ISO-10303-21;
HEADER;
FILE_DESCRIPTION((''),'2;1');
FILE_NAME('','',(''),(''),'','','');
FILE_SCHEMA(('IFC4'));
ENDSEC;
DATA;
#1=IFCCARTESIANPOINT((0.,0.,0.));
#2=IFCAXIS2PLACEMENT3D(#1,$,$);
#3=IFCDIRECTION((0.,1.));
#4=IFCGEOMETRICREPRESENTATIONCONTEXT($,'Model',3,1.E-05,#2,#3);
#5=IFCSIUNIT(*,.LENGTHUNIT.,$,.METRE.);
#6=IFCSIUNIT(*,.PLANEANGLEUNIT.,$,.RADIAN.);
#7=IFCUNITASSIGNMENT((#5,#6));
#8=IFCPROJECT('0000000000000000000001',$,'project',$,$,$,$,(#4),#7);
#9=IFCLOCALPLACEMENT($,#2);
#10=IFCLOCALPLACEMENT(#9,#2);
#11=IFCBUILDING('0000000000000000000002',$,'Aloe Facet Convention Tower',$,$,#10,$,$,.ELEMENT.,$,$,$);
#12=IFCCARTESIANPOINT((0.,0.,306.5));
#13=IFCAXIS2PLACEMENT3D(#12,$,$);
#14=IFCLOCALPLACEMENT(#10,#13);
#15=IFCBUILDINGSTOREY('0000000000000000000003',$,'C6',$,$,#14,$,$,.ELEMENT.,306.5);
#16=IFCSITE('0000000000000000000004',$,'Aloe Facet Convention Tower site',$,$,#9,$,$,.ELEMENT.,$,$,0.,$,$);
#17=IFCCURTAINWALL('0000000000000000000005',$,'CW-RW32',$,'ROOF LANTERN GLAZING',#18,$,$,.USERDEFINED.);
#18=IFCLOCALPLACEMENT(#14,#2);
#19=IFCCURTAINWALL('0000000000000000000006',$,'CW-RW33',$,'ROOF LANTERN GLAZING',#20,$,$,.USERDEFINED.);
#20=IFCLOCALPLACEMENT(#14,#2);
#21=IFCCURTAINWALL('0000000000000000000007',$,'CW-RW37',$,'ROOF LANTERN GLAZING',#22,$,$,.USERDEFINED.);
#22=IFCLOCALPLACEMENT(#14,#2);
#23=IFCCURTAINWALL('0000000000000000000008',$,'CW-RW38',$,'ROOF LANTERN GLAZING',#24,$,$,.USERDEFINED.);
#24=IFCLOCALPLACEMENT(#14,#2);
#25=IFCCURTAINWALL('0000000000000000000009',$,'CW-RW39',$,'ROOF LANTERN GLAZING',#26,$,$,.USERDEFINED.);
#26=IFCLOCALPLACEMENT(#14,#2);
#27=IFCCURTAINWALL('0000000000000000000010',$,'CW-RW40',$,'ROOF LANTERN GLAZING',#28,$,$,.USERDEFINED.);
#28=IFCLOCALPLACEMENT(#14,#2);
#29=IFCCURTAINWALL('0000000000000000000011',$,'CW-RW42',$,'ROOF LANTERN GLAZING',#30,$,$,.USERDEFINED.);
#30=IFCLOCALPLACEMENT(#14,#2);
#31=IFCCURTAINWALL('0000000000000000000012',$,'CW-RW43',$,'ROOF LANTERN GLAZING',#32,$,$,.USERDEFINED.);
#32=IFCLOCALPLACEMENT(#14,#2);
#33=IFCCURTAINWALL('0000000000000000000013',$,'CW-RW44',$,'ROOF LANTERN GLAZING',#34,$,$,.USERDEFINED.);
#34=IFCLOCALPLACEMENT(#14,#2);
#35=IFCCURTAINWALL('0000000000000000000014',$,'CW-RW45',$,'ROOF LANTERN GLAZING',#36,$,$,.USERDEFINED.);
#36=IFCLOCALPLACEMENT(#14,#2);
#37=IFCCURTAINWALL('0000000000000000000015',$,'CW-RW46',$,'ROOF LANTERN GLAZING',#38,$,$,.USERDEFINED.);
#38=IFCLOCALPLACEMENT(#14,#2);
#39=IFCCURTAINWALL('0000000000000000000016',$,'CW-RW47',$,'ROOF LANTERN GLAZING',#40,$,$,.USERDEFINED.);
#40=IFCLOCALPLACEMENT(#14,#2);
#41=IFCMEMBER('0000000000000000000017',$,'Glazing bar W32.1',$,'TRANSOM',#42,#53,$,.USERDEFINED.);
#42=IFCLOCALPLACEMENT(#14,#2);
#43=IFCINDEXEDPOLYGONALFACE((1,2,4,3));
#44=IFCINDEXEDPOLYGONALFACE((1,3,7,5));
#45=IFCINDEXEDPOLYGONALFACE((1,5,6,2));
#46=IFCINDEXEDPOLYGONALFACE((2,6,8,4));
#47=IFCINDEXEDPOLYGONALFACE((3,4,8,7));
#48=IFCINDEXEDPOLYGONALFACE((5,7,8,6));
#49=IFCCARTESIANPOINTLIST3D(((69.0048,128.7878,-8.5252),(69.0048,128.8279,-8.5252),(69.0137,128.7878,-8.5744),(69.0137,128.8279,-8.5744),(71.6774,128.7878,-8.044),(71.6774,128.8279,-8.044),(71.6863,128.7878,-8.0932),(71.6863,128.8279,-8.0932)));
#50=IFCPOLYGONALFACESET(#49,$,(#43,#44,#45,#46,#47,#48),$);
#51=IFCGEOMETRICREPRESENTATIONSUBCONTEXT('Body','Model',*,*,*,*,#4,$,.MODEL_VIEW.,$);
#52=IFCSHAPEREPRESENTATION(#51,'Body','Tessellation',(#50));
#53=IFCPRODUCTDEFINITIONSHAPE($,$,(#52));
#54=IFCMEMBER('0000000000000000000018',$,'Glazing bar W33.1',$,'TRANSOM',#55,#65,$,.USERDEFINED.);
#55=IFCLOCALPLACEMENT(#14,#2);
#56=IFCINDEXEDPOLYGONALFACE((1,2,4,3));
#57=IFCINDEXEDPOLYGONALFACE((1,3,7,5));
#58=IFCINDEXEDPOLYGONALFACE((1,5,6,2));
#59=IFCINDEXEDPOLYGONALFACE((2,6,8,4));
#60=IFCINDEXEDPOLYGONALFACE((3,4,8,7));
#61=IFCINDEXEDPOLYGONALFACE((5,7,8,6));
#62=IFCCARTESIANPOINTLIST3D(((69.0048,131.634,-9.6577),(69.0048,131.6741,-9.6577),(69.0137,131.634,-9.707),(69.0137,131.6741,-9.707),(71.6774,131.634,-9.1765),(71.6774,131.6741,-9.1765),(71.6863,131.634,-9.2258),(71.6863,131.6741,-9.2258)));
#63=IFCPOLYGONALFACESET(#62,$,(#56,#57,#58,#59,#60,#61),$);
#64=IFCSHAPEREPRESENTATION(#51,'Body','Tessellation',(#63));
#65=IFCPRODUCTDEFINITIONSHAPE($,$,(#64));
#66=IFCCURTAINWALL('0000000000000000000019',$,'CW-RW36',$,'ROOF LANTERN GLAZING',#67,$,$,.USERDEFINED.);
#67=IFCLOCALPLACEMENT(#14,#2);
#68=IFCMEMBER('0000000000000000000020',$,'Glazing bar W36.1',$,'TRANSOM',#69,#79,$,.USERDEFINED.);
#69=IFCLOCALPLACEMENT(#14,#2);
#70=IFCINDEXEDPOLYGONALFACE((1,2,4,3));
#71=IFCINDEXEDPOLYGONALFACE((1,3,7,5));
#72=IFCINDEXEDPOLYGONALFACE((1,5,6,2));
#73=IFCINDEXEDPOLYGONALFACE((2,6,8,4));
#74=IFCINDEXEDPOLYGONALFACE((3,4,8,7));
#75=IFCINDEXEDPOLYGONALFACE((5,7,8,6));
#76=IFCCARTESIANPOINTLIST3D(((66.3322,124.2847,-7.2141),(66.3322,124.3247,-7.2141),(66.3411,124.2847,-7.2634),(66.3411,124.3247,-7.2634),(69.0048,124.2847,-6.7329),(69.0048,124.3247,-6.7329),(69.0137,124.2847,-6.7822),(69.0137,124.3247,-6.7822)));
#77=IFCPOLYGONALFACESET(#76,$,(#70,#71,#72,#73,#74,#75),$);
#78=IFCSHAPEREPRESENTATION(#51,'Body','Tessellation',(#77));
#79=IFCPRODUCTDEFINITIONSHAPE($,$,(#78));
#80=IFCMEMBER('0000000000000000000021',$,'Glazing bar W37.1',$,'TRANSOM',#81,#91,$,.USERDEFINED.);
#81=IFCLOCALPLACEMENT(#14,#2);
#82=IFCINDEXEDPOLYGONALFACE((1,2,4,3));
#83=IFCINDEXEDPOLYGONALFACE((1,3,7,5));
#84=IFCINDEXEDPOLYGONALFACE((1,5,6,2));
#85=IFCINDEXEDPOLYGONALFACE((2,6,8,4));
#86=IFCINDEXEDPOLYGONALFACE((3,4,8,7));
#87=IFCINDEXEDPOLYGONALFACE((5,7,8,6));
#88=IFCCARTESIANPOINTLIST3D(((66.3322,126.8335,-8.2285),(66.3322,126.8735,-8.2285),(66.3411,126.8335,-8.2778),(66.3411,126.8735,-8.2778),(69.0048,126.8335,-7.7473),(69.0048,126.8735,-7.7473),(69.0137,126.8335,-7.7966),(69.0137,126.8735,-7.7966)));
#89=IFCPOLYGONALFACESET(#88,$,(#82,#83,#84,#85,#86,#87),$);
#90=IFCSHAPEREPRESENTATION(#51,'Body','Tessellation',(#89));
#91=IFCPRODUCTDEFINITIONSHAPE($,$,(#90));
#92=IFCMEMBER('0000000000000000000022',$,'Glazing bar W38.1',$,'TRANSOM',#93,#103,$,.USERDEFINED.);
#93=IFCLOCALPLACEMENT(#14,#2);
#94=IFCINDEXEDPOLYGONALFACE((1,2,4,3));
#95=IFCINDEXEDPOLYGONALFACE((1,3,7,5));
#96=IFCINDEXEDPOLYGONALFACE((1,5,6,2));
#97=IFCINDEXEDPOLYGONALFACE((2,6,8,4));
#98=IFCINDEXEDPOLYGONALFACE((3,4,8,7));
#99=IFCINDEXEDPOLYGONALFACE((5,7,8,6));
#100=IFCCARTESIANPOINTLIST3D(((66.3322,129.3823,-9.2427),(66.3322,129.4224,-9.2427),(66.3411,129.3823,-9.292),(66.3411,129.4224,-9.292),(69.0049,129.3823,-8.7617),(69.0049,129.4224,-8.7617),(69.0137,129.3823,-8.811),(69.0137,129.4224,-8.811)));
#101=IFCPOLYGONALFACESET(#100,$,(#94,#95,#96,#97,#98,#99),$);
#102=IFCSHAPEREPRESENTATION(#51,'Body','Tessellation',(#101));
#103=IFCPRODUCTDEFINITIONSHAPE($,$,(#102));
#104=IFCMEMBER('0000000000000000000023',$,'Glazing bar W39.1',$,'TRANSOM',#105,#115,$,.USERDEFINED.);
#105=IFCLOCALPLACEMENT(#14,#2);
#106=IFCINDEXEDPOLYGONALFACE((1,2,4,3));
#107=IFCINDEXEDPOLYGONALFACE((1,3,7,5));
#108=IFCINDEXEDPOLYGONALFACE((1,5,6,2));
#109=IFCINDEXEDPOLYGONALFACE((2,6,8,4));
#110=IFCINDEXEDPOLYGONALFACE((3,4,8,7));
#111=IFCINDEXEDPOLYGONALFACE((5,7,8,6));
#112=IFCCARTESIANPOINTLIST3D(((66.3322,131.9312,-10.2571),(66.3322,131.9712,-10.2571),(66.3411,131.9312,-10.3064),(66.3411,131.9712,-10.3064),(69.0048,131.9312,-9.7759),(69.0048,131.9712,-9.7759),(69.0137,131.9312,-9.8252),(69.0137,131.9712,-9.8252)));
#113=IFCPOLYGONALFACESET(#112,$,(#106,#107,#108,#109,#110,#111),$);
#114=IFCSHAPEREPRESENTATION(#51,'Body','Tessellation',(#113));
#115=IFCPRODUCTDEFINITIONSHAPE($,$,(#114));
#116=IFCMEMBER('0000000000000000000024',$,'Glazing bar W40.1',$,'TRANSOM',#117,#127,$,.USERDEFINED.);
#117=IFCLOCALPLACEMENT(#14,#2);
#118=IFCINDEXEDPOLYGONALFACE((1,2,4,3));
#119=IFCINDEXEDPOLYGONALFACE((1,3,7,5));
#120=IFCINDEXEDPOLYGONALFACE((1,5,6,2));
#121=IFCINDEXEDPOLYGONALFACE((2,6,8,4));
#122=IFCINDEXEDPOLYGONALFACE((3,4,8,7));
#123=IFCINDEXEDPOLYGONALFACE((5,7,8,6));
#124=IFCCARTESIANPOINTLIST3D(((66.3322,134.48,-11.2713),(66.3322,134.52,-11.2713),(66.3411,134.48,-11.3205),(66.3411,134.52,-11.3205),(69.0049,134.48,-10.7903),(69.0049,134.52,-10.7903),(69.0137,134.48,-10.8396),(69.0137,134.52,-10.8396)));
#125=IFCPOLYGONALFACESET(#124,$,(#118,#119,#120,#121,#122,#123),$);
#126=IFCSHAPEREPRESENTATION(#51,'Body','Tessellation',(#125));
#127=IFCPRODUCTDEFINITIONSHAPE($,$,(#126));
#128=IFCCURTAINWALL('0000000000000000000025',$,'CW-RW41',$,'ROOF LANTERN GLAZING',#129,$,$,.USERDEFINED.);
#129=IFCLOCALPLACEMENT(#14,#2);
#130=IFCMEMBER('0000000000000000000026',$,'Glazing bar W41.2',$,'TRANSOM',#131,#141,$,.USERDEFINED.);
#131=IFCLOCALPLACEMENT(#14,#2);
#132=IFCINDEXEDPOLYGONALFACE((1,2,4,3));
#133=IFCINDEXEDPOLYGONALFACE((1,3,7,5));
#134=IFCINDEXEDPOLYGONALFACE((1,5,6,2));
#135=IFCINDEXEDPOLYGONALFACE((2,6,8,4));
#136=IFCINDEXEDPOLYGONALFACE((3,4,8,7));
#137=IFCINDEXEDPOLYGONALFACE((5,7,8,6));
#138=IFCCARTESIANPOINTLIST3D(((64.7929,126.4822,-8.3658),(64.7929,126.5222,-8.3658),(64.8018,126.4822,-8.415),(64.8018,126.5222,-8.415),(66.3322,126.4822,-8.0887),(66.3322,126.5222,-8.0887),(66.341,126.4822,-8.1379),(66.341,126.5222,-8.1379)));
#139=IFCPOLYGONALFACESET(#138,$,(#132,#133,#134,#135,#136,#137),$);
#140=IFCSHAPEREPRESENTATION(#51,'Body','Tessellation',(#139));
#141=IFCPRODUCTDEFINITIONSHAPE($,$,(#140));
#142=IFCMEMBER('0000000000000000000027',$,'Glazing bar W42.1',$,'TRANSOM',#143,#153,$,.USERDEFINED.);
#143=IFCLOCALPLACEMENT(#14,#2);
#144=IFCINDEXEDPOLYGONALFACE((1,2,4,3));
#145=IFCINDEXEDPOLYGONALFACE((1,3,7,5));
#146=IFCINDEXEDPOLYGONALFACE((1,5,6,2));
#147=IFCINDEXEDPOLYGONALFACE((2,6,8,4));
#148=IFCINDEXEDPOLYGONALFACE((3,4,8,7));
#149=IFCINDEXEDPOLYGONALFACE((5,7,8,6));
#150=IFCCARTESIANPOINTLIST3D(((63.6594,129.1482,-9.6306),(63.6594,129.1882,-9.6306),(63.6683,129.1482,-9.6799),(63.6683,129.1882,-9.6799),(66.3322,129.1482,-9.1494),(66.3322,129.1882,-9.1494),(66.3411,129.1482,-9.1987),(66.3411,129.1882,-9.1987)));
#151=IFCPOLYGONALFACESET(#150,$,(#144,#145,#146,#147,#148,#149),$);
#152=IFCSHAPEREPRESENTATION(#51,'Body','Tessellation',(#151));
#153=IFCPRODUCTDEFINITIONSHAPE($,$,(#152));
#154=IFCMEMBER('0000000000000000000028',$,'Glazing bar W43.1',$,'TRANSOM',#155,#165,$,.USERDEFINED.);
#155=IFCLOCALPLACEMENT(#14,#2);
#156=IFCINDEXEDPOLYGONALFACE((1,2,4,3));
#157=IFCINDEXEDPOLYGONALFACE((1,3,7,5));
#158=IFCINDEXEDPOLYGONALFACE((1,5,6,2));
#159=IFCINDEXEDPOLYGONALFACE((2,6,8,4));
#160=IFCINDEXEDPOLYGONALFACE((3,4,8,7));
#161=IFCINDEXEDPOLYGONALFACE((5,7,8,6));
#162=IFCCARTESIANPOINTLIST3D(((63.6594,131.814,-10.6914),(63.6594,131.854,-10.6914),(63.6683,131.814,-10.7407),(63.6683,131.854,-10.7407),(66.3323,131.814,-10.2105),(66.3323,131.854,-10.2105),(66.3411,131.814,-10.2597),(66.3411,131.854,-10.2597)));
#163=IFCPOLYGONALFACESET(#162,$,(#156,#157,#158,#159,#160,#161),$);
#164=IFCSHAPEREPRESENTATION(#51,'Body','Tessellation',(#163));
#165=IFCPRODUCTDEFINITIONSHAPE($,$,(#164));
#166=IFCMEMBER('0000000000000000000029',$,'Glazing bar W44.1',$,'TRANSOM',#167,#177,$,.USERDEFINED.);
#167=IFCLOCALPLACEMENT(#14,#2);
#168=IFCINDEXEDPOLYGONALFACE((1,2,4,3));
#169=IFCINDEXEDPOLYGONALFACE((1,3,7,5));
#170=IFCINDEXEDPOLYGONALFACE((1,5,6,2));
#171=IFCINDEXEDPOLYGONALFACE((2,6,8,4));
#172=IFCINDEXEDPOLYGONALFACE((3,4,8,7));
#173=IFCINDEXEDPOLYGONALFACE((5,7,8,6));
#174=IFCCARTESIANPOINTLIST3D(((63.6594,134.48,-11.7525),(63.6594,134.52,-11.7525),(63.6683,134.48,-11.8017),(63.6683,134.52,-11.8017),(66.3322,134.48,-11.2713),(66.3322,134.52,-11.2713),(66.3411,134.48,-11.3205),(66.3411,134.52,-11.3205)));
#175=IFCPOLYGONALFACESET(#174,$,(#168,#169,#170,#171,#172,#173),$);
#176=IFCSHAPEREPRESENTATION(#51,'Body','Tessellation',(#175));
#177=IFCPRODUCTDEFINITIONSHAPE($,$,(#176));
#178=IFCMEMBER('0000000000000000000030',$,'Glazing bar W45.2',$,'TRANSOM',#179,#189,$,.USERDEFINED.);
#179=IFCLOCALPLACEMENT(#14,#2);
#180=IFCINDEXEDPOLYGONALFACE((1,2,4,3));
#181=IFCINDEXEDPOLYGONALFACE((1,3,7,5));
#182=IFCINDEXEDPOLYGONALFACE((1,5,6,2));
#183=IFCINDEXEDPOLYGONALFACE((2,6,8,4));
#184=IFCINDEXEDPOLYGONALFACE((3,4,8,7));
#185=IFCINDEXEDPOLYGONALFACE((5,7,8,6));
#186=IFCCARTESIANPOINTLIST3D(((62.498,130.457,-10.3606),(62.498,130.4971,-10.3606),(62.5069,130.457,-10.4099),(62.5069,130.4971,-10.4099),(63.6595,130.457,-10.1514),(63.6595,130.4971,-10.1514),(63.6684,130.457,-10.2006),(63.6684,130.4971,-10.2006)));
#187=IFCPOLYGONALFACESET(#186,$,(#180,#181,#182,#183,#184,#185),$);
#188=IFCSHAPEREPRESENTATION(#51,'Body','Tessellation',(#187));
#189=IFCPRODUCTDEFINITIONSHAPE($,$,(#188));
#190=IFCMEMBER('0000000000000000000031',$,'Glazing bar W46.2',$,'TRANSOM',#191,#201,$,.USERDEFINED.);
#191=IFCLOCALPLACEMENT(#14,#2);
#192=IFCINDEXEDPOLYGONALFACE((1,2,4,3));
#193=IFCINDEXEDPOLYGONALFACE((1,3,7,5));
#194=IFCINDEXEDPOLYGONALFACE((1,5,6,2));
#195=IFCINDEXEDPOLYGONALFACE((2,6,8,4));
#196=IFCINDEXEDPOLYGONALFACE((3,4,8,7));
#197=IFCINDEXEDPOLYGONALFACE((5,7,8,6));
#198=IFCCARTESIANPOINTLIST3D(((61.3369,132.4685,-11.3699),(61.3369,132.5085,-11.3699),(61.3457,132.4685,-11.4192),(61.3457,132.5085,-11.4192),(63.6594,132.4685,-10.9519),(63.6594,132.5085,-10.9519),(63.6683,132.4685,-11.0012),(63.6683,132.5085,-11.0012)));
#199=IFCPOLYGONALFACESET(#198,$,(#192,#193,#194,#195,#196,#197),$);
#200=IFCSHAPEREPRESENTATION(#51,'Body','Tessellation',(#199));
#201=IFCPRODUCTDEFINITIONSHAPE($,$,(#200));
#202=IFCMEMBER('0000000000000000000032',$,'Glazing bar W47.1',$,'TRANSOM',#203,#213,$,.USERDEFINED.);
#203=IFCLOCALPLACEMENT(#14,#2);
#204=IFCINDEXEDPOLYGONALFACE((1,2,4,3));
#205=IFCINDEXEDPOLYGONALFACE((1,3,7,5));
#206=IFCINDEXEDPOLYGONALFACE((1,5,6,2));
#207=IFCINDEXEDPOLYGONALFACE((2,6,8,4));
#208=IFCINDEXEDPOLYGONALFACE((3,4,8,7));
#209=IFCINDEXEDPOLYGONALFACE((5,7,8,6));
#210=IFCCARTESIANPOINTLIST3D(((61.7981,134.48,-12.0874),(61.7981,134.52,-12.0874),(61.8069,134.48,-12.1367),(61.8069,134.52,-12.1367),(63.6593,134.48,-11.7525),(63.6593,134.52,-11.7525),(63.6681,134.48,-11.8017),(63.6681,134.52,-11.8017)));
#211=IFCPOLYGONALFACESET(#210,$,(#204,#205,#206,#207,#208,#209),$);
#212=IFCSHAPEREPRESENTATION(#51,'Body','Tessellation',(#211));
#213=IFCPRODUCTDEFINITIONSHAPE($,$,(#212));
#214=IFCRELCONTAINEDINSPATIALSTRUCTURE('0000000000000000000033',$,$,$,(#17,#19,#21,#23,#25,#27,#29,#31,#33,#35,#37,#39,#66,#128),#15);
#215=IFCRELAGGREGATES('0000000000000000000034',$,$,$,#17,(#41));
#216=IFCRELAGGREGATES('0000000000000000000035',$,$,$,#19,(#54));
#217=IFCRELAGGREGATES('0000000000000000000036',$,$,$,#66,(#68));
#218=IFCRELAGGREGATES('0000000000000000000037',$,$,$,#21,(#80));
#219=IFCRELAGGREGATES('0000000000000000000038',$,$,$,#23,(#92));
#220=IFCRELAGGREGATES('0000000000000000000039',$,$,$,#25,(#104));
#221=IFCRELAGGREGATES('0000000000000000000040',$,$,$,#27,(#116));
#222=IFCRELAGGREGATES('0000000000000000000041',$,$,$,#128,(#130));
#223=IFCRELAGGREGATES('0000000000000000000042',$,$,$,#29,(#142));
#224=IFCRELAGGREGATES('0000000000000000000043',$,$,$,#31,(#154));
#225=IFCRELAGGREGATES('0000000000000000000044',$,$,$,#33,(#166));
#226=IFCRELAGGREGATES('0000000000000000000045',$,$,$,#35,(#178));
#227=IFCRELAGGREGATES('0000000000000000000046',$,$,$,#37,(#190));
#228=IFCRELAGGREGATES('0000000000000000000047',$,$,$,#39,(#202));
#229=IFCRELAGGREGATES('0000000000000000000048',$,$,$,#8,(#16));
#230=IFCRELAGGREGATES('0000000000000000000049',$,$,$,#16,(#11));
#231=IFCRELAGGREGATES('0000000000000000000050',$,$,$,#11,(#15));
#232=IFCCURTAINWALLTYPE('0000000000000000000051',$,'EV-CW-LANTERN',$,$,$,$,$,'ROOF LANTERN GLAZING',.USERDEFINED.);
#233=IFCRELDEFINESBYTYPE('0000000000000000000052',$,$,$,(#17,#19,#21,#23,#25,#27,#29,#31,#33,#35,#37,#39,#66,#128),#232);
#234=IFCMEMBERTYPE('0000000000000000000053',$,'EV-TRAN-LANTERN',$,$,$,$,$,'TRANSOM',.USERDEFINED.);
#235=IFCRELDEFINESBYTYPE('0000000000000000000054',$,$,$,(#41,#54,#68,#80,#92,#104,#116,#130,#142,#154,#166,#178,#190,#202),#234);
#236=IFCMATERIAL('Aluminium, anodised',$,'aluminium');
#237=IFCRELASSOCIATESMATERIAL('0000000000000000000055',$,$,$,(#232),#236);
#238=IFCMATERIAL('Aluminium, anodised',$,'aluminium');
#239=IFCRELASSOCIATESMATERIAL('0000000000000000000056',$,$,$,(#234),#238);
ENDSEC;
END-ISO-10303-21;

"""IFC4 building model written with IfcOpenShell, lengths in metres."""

from ifc_helpers import new_model, si_unit, direction, frame, origin, origin_2d, place, context, subcontext, project, spatial, rectangle, extrude, material, material_profile, profile_set, type_object, element, aggregate, save


model = new_model("IFC4")

# Units and contexts
model_context = context("Model", 3, precision=1e-05, world=origin(), true_north=direction((0.0, 1.0)))
body_context = subcontext(model_context, "Body", "Model", "MODEL_VIEW")
ifc_project = project(units=[si_unit("LENGTHUNIT", "METRE"), si_unit("PLANEANGLEUNIT", "RADIAN")], contexts=[model_context])

# Site, building, storey
site_placement = place(None, origin())
site = spatial("IfcSite", under=ifc_project, at=site_placement, Name="Aloe Facet Convention Tower site", CompositionType="ELEMENT", RefElevation=0.0)
building_placement = place(site_placement, origin())
building = spatial("IfcBuilding", under=site, at=building_placement, Name="Aloe Facet Convention Tower", CompositionType="ELEMENT")
storey_placement = place(building_placement, frame((0.0, 0.0, 306.5)))
storey = spatial("IfcBuildingStorey", under=building, at=storey_placement, Name="C6", CompositionType="ELEMENT", Elevation=306.5)

# Curtain walls
ifc_material_1 = material(Name="Aluminium, anodised", Category="aluminium")
curtain_wall_type = type_object("IfcCurtainWallType", Name="EV-CW-LANTERN", ElementType="ROOF LANTERN GLAZING", PredefinedType="USERDEFINED", material=ifc_material_1)
curtain_wall_1_placement = place(storey_placement, origin())
curtain_wall_1 = element("IfcCurtainWall", 1, at=curtain_wall_1_placement, inside=storey, type_object=curtain_wall_type, Name="CW-RW32", ObjectType="ROOF LANTERN GLAZING", PredefinedType="USERDEFINED")
curtain_wall_2_placement = place(storey_placement, origin())
curtain_wall_2 = element("IfcCurtainWall", 2, at=curtain_wall_2_placement, inside=storey, type_object=curtain_wall_type, Name="CW-RW33", ObjectType="ROOF LANTERN GLAZING", PredefinedType="USERDEFINED")
curtain_wall_3_placement = place(storey_placement, origin())
curtain_wall_3 = element("IfcCurtainWall", 3, at=curtain_wall_3_placement, inside=storey, type_object=curtain_wall_type, Name="CW-RW37", ObjectType="ROOF LANTERN GLAZING", PredefinedType="USERDEFINED")
curtain_wall_4_placement = place(storey_placement, origin())
curtain_wall_4 = element("IfcCurtainWall", 4, at=curtain_wall_4_placement, inside=storey, type_object=curtain_wall_type, Name="CW-RW38", ObjectType="ROOF LANTERN GLAZING", PredefinedType="USERDEFINED")
curtain_wall_5_placement = place(storey_placement, origin())
curtain_wall_5 = element("IfcCurtainWall", 5, at=curtain_wall_5_placement, inside=storey, type_object=curtain_wall_type, Name="CW-RW39", ObjectType="ROOF LANTERN GLAZING", PredefinedType="USERDEFINED")
curtain_wall_6_placement = place(storey_placement, origin())
curtain_wall_6 = element("IfcCurtainWall", 6, at=curtain_wall_6_placement, inside=storey, type_object=curtain_wall_type, Name="CW-RW40", ObjectType="ROOF LANTERN GLAZING", PredefinedType="USERDEFINED")

# Curtain wall
curtain_wall_7_placement = place(storey_placement, origin())
curtain_wall_7 = element("IfcCurtainWall", 7, at=curtain_wall_7_placement, inside=storey, type_object=curtain_wall_type, Name="CW-RW42", ObjectType="ROOF LANTERN GLAZING", PredefinedType="USERDEFINED")

# Curtain walls
curtain_wall_8_placement = place(storey_placement, origin())
curtain_wall_8 = element("IfcCurtainWall", 8, at=curtain_wall_8_placement, inside=storey, type_object=curtain_wall_type, Name="CW-RW43", ObjectType="ROOF LANTERN GLAZING", PredefinedType="USERDEFINED")
curtain_wall_9_placement = place(storey_placement, origin())
curtain_wall_9 = element("IfcCurtainWall", 9, at=curtain_wall_9_placement, inside=storey, type_object=curtain_wall_type, Name="CW-RW44", ObjectType="ROOF LANTERN GLAZING", PredefinedType="USERDEFINED")
curtain_wall_10_placement = place(storey_placement, origin())
curtain_wall_10 = element("IfcCurtainWall", 10, at=curtain_wall_10_placement, inside=storey, type_object=curtain_wall_type, Name="CW-RW45", ObjectType="ROOF LANTERN GLAZING", PredefinedType="USERDEFINED")
curtain_wall_11_placement = place(storey_placement, origin())
curtain_wall_11 = element("IfcCurtainWall", 11, at=curtain_wall_11_placement, inside=storey, type_object=curtain_wall_type, Name="CW-RW46", ObjectType="ROOF LANTERN GLAZING", PredefinedType="USERDEFINED")

# Curtain wall
curtain_wall_12_placement = place(storey_placement, origin())
curtain_wall_12 = element("IfcCurtainWall", 12, at=curtain_wall_12_placement, inside=storey, type_object=curtain_wall_type, Name="CW-RW47", ObjectType="ROOF LANTERN GLAZING", PredefinedType="USERDEFINED")

# Shared definitions
ifc_material_2 = material(Name="Aluminium, anodised", Category="aluminium")
ifc_material_profile_1 = material_profile(ifc_material_2, rectangle(XDim=0.04, YDim=0.05, at=origin_2d()), Name="AL 40x50")
ifc_profile_set_1 = profile_set([ifc_material_profile_1], Name="Aluminium, anodised")
member_type_1 = type_object("IfcMemberType", Name="EV-TRAN-LANTERN", ElementType="TRANSOM", PredefinedType="USERDEFINED", material=ifc_profile_set_1)

# Members
member_1_placement = place(storey_placement, frame((69.0093, 128.8079, -8.5498), z_axis=(0.984175, 0.0, 0.1772), x_axis=(0.0, 1.0, 0.0)))
member_1 = element("IfcMember", 13, at=member_1_placement, type_object=member_type_1, Name="Glazing bar W32.1", ObjectType="TRANSOM", PredefinedType="USERDEFINED", context=body_context, shape_type="SweptSolid", body=[
    extrude(rectangle(XDim=0.04, YDim=0.05, at=origin_2d()), origin(), (0.0, 0.0, 1.0), 2.7156),
])
aggregate(curtain_wall_1, [member_1])
member_2_placement = place(storey_placement, frame((69.0093, 131.6541, -9.6824), z_axis=(0.984175, 0.0, 0.1772), x_axis=(0.0, 1.0, 0.0)))
member_2 = element("IfcMember", 14, at=member_2_placement, type_object=member_type_1, Name="Glazing bar W33.1", ObjectType="TRANSOM", PredefinedType="USERDEFINED", context=body_context, shape_type="SweptSolid", body=[
    extrude(rectangle(XDim=0.04, YDim=0.05, at=origin_2d()), origin(), (0.0, 0.0, 1.0), 2.7156),
])
aggregate(curtain_wall_2, [member_2])

# Curtain wall, member
curtain_wall_13_placement = place(storey_placement, origin())
curtain_wall_13 = element("IfcCurtainWall", 15, at=curtain_wall_13_placement, inside=storey, type_object=curtain_wall_type, Name="CW-RW36", ObjectType="ROOF LANTERN GLAZING", PredefinedType="USERDEFINED")
member_3_placement = place(storey_placement, frame((66.3367, 124.3047, -7.2388), z_axis=(0.984175, 0.0, 0.1772), x_axis=(0.0, 1.0, 0.0)))
member_3 = element("IfcMember", 16, at=member_3_placement, type_object=member_type_1, Name="Glazing bar W36.1", ObjectType="TRANSOM", PredefinedType="USERDEFINED", context=body_context, shape_type="SweptSolid", body=[
    extrude(rectangle(XDim=0.04, YDim=0.05, at=origin_2d()), origin(), (0.0, 0.0, 1.0), 2.7156),
])
aggregate(curtain_wall_13, [member_3])

# Members
member_4_placement = place(storey_placement, frame((66.3367, 126.8535, -8.2532), z_axis=(0.984175, 0.0, 0.1772), x_axis=(0.0, 1.0, 0.0)))
member_4 = element("IfcMember", 17, at=member_4_placement, type_object=member_type_1, Name="Glazing bar W37.1", ObjectType="TRANSOM", PredefinedType="USERDEFINED", context=body_context, shape_type="SweptSolid", body=[
    extrude(rectangle(XDim=0.04, YDim=0.05, at=origin_2d()), origin(), (0.0, 0.0, 1.0), 2.7156),
])
member_5_placement = place(storey_placement, frame((66.3367, 129.4023, -9.2673), z_axis=(0.984191, 0.0, 0.177113), x_axis=(0.0, 1.0, 0.0)))
member_5 = element("IfcMember", 18, at=member_5_placement, type_object=member_type_1, Name="Glazing bar W38.1", ObjectType="TRANSOM", PredefinedType="USERDEFINED", context=body_context, shape_type="SweptSolid", body=[
    extrude(rectangle(XDim=0.04, YDim=0.05, at=origin_2d()), origin(), (0.0, 0.0, 1.0), 2.7156),
])
member_6_placement = place(storey_placement, frame((66.3367, 131.9512, -10.2817), z_axis=(0.984175, 0.0, 0.1772), x_axis=(0.0, 1.0, 0.0)))
member_6 = element("IfcMember", 19, at=member_6_placement, type_object=member_type_1, Name="Glazing bar W39.1", ObjectType="TRANSOM", PredefinedType="USERDEFINED", context=body_context, shape_type="SweptSolid", body=[
    extrude(rectangle(XDim=0.04, YDim=0.05, at=origin_2d()), origin(), (0.0, 0.0, 1.0), 2.7156),
])
member_7_placement = place(storey_placement, frame((66.3367, 134.5, -11.2959), z_axis=(0.984191, 0.0, 0.177113), x_axis=(0.0, 1.0, 0.0)))
member_7 = element("IfcMember", 20, at=member_7_placement, type_object=member_type_1, Name="Glazing bar W40.1", ObjectType="TRANSOM", PredefinedType="USERDEFINED", context=body_context, shape_type="SweptSolid", body=[
    extrude(rectangle(XDim=0.04, YDim=0.05, at=origin_2d()), origin(), (0.0, 0.0, 1.0), 2.7156),
])

# Curtain wall, member
curtain_wall_14_placement = place(storey_placement, origin())
curtain_wall_14 = element("IfcCurtainWall", 21, at=curtain_wall_14_placement, inside=storey, type_object=curtain_wall_type, Name="CW-RW41", ObjectType="ROOF LANTERN GLAZING", PredefinedType="USERDEFINED")
member_8_placement = place(storey_placement, frame((64.7974, 126.5022, -8.3904), z_axis=(0.984181, 0.0, 0.177168), x_axis=(0.0, 1.0, 0.0)))
member_8 = element("IfcMember", 22, at=member_8_placement, type_object=member_type_1, Name="Glazing bar W41.2", ObjectType="TRANSOM", PredefinedType="USERDEFINED", context=body_context, shape_type="SweptSolid", body=[
    extrude(rectangle(XDim=0.04, YDim=0.05, at=origin_2d()), origin(), (0.0, 0.0, 1.0), 1.564),
])

# Members
member_9_placement = place(storey_placement, frame((63.6638, 129.1682, -9.6553), z_axis=(0.984178, 0.0, 0.177184), x_axis=(0.0, 1.0, 0.0)))
member_9 = element("IfcMember", 23, at=member_9_placement, type_object=member_type_1, Name="Glazing bar W42.1", ObjectType="TRANSOM", PredefinedType="USERDEFINED", context=body_context, shape_type="SweptSolid", body=[
    extrude(rectangle(XDim=0.04, YDim=0.05, at=origin_2d()), origin(), (0.0, 0.0, 1.0), 2.7158),
])
member_10_placement = place(storey_placement, frame((63.6638, 131.834, -10.7161), z_axis=(0.984193, 0.0, 0.177097), x_axis=(0.0, 1.0, 0.0)))
member_10 = element("IfcMember", 24, at=member_10_placement, type_object=member_type_1, Name="Glazing bar W43.1", ObjectType="TRANSOM", PredefinedType="USERDEFINED", context=body_context, shape_type="SweptSolid", body=[
    extrude(rectangle(XDim=0.04, YDim=0.05, at=origin_2d()), origin(), (0.0, 0.0, 1.0), 2.7158),
])
member_11_placement = place(storey_placement, frame((63.6638, 134.5, -11.7771), z_axis=(0.984178, 0.0, 0.177184), x_axis=(0.0, 1.0, 0.0)))
member_11 = element("IfcMember", 25, at=member_11_placement, type_object=member_type_1, Name="Glazing bar W44.1", ObjectType="TRANSOM", PredefinedType="USERDEFINED", context=body_context, shape_type="SweptSolid", body=[
    extrude(rectangle(XDim=0.04, YDim=0.05, at=origin_2d()), origin(), (0.0, 0.0, 1.0), 2.7158),
])
member_12_placement = place(storey_placement, frame((62.5024, 130.4771, -10.3853), z_axis=(0.984157, 0.0, 0.177301), x_axis=(0.0, 1.0, 0.0)))
member_12 = element("IfcMember", 26, at=member_12_placement, type_object=member_type_1, Name="Glazing bar W45.2", ObjectType="TRANSOM", PredefinedType="USERDEFINED", context=body_context, shape_type="SweptSolid", body=[
    extrude(rectangle(XDim=0.04, YDim=0.05, at=origin_2d()), origin(), (0.0, 0.0, 1.0), 1.1802),
])
member_13_placement = place(storey_placement, frame((61.3413, 132.4885, -11.3945), z_axis=(0.984189, 0.0, 0.177119), x_axis=(0.0, 1.0, 0.0)))
member_13 = element("IfcMember", 27, at=member_13_placement, type_object=member_type_1, Name="Glazing bar W46.2", ObjectType="TRANSOM", PredefinedType="USERDEFINED", context=body_context, shape_type="SweptSolid", body=[
    extrude(rectangle(XDim=0.04, YDim=0.05, at=origin_2d()), origin(), (0.0, 0.0, 1.0), 2.3599),
])
member_14_placement = place(storey_placement, frame((61.8025, 134.5, -12.1121), z_axis=(0.984191, 0.0, 0.177113), x_axis=(0.0, 1.0, 0.0)))
member_14 = element("IfcMember", 28, at=member_14_placement, type_object=member_type_1, Name="Glazing bar W47.1", ObjectType="TRANSOM", PredefinedType="USERDEFINED", context=body_context, shape_type="SweptSolid", body=[
    extrude(rectangle(XDim=0.04, YDim=0.05, at=origin_2d()), origin(), (0.0, 0.0, 1.0), 1.8911),
])

aggregate(curtain_wall_3, [member_4])
aggregate(curtain_wall_4, [member_5])
aggregate(curtain_wall_5, [member_6])
aggregate(curtain_wall_6, [member_7])
aggregate(curtain_wall_14, [member_8])
aggregate(curtain_wall_7, [member_9])
aggregate(curtain_wall_8, [member_10])
aggregate(curtain_wall_9, [member_11])
aggregate(curtain_wall_10, [member_12])
aggregate(curtain_wall_11, [member_13])
aggregate(curtain_wall_12, [member_14])

save(model, "model.ifc")
